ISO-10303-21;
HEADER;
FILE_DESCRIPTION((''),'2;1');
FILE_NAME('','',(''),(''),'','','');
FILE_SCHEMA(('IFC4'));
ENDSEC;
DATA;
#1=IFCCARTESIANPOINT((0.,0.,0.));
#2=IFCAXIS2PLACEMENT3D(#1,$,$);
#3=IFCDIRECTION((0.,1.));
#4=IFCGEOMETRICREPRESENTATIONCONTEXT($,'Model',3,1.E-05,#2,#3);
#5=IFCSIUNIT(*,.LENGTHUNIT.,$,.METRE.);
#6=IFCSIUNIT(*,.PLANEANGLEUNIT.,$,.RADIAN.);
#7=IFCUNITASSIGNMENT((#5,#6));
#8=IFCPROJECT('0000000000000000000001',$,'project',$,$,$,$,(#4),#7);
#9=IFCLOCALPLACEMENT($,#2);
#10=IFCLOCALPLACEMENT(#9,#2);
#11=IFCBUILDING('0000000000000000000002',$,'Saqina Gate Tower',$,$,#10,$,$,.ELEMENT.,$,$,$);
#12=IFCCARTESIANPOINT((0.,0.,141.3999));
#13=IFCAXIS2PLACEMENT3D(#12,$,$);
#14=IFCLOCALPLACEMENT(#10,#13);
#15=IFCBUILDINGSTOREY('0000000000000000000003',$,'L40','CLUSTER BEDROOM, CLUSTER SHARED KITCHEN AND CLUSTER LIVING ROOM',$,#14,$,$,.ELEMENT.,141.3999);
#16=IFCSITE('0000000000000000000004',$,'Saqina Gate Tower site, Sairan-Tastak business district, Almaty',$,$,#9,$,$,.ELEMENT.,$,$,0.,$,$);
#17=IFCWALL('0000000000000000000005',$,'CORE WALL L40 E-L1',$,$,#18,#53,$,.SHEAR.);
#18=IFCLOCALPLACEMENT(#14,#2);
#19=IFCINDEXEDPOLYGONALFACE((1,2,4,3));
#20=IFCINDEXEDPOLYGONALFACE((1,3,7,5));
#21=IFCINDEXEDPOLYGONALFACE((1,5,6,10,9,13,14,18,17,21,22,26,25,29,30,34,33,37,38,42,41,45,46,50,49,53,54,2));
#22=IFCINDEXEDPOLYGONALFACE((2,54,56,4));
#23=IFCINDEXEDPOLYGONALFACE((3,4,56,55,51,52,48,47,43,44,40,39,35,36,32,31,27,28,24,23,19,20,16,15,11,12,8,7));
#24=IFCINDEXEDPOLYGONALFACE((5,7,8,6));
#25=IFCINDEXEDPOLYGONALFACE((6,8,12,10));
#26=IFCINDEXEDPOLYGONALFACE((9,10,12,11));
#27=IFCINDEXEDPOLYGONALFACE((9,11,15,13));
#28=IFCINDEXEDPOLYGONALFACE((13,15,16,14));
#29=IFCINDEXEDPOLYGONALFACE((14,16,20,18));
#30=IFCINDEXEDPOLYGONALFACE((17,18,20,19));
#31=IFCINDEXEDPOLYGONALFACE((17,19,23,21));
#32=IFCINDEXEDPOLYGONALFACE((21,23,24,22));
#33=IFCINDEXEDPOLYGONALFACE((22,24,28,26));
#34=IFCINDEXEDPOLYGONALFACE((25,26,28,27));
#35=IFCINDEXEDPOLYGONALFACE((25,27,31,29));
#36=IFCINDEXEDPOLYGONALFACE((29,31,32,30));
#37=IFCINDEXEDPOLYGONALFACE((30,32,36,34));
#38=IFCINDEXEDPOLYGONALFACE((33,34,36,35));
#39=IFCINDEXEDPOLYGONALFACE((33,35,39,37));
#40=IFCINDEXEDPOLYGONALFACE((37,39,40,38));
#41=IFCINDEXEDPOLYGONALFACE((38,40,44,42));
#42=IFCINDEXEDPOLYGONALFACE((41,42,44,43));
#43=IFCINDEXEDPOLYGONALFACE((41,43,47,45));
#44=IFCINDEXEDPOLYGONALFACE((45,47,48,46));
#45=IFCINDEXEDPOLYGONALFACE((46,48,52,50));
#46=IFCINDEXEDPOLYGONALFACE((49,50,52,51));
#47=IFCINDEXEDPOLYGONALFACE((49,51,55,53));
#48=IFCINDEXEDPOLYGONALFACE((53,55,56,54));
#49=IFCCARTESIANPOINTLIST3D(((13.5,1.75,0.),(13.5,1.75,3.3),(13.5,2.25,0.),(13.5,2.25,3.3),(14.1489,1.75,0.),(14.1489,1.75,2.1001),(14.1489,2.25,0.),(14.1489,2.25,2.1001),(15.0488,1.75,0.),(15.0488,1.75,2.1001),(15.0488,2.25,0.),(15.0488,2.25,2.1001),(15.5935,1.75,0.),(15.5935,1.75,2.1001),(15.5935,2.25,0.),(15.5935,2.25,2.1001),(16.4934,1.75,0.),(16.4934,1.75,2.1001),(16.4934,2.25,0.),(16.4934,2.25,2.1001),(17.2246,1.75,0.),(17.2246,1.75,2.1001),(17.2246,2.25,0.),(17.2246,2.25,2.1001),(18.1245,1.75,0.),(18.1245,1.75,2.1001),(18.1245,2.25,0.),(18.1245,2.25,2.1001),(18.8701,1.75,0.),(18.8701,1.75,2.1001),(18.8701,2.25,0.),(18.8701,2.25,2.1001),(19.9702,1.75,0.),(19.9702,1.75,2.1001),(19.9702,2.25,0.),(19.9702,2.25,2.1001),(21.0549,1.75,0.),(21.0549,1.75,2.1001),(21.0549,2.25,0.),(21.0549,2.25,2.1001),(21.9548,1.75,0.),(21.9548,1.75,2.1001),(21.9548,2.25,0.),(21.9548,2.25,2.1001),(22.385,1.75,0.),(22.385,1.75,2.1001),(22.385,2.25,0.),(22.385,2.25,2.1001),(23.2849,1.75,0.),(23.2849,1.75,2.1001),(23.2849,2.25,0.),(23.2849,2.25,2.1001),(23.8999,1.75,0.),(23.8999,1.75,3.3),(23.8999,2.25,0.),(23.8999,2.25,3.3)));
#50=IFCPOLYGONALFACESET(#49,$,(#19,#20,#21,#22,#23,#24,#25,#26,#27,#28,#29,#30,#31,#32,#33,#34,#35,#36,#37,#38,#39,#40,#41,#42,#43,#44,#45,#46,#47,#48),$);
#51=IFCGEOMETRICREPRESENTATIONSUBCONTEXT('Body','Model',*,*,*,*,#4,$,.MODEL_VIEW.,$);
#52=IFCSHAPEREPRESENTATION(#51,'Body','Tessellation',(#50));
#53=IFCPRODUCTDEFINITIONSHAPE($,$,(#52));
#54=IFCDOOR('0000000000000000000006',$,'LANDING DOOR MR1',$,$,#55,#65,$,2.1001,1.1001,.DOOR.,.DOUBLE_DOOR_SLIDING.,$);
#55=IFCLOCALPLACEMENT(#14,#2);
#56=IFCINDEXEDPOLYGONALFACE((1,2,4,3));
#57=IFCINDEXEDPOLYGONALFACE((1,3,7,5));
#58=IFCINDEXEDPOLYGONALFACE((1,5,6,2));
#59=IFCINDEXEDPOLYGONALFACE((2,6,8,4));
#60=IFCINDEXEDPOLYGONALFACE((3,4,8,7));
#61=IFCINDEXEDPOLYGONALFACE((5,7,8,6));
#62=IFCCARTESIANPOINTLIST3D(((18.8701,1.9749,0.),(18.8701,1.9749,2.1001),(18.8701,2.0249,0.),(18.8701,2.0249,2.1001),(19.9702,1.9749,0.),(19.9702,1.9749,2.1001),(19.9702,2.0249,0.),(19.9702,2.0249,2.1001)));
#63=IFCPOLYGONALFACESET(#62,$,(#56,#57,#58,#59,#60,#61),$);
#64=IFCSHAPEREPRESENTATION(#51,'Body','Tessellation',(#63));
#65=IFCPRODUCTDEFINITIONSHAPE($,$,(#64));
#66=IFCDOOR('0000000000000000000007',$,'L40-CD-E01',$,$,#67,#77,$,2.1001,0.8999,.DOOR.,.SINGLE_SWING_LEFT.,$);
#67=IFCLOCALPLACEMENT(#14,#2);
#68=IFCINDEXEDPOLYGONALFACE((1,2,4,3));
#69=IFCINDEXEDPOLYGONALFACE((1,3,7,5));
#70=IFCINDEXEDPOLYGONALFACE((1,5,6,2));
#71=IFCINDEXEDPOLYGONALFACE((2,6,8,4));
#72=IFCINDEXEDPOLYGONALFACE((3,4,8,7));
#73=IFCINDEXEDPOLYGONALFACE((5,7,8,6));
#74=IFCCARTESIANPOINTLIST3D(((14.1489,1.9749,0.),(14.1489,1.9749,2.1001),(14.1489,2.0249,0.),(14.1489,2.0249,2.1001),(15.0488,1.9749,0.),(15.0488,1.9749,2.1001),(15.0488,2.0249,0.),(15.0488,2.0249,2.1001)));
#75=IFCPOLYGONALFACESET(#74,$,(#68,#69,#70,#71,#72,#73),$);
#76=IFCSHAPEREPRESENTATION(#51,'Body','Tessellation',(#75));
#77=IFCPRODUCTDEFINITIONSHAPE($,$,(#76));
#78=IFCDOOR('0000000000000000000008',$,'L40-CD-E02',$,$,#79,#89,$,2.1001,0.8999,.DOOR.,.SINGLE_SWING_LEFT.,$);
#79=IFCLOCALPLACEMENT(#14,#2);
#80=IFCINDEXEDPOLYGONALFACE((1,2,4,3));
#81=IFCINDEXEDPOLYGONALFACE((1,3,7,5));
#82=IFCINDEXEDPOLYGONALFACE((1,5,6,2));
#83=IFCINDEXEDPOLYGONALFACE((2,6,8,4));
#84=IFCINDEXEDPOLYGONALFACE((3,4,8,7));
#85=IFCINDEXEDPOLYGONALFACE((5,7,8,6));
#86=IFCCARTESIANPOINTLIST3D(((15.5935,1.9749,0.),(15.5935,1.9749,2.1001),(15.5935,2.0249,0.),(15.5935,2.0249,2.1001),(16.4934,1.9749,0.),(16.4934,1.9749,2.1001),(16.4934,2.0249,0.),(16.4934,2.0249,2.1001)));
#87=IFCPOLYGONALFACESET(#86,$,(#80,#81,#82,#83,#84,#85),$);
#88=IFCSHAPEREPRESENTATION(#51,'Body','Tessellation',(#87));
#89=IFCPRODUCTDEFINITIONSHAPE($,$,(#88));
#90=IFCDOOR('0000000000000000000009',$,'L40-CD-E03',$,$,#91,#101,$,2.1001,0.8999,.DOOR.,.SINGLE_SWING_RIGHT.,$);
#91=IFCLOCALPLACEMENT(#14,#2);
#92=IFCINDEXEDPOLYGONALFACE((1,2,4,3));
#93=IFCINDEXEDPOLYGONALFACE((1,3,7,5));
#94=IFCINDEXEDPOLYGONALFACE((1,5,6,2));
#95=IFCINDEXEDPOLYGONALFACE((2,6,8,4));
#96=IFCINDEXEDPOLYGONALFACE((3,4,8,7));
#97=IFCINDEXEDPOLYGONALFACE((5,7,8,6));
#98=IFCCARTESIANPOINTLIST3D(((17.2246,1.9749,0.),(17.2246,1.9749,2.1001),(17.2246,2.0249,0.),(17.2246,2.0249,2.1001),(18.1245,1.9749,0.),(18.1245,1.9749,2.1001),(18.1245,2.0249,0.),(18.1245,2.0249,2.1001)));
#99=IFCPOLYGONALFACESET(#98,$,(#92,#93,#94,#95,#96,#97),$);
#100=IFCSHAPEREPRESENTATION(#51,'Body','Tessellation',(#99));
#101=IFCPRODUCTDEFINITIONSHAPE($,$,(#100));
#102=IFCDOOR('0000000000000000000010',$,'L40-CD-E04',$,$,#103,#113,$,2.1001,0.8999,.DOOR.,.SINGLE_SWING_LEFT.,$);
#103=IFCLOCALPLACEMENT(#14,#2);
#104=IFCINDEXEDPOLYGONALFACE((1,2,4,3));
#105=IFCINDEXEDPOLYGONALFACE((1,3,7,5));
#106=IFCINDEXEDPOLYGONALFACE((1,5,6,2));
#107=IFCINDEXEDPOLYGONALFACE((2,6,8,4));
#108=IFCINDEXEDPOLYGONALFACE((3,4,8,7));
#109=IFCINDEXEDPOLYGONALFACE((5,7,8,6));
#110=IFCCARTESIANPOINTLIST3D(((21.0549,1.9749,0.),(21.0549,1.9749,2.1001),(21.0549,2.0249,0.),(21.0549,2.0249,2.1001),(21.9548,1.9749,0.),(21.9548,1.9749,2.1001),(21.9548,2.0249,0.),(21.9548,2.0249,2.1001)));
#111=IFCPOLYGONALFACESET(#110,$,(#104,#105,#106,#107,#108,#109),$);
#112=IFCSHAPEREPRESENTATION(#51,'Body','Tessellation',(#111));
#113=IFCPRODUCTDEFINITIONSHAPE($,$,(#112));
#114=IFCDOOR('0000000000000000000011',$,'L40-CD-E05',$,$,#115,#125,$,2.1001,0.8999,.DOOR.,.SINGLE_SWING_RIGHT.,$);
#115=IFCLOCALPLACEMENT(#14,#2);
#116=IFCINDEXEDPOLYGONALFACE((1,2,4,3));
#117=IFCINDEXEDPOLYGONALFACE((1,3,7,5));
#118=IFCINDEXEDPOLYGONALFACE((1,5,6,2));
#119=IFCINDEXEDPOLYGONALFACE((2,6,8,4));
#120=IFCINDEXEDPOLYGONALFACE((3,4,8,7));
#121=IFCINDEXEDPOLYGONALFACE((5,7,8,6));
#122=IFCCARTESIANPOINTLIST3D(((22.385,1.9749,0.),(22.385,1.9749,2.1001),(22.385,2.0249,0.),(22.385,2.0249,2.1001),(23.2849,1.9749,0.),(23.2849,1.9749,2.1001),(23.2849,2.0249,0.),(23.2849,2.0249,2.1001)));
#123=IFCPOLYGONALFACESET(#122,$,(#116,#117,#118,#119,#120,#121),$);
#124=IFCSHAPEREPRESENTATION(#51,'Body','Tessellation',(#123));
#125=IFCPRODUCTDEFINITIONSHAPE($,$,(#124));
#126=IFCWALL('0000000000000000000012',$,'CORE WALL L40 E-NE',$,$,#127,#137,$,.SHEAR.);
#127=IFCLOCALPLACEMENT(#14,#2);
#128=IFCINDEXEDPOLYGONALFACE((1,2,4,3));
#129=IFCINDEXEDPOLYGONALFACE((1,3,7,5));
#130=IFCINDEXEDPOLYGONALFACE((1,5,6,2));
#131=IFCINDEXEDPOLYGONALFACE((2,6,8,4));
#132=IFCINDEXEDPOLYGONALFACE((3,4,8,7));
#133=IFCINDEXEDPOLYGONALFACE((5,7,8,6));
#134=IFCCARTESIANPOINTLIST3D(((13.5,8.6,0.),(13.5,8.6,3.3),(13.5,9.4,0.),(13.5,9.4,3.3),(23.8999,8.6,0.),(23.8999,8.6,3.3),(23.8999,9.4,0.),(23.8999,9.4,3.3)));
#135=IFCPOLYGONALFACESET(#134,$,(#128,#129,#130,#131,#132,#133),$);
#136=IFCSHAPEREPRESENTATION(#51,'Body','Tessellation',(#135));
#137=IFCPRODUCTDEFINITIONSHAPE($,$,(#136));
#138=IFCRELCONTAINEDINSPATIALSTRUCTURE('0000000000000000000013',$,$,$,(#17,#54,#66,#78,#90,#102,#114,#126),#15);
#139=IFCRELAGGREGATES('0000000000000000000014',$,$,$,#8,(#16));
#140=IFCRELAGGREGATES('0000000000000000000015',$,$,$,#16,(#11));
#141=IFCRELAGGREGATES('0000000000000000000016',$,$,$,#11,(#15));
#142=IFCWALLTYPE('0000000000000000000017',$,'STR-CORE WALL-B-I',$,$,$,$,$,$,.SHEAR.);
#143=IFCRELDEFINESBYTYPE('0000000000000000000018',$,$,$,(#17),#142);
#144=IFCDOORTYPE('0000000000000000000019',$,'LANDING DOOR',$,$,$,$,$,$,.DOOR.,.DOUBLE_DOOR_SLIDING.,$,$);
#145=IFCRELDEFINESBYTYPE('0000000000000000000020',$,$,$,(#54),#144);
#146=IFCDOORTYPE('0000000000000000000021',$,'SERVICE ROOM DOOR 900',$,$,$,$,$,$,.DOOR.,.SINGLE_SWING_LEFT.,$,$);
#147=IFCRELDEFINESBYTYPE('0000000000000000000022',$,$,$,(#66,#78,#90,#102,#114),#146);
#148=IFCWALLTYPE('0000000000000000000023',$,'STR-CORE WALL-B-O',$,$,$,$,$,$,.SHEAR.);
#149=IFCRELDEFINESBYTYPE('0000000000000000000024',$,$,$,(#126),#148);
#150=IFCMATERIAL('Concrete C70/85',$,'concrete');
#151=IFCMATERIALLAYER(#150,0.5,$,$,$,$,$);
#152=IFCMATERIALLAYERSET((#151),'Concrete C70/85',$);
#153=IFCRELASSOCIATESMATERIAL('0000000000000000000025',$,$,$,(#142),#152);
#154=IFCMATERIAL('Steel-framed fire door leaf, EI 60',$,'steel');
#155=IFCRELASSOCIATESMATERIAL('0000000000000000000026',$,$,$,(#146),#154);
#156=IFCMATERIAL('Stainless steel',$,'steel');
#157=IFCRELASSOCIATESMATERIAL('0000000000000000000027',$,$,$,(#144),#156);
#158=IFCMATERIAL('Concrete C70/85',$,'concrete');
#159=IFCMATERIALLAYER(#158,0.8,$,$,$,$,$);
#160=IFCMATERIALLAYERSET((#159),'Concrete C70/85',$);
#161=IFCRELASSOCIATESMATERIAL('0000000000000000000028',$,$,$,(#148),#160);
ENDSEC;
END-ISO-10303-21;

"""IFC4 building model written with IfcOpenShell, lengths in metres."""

from ifc_helpers import new_model, si_unit, direction, frame, frame_2d, origin, place, context, subcontext, project, spatial, rectangle, extrude, material, layer, layer_set, type_object, element, fill, save


model = new_model("IFC4")

# Units and contexts
model_context = context("Model", 3, precision=1e-05, world=origin(), true_north=direction((0.0, 1.0)))
body_context = subcontext(model_context, "Body", "Model", "MODEL_VIEW")
ifc_project = project(units=[si_unit("LENGTHUNIT", "METRE"), si_unit("PLANEANGLEUNIT", "RADIAN")], contexts=[model_context])

# Site, building, storey
site_placement = place(None, origin())
site = spatial("IfcSite", under=ifc_project, at=site_placement, Name="Saqina Gate Tower site, Sairan-Tastak business district, Almaty", CompositionType="ELEMENT", RefElevation=0.0)
building_placement = place(site_placement, origin())
building = spatial("IfcBuilding", under=site, at=building_placement, Name="Saqina Gate Tower", CompositionType="ELEMENT")
storey_placement = place(building_placement, frame((0.0, 0.0, 141.3999)))
storey = spatial("IfcBuildingStorey", under=building, at=storey_placement, Name="L40", Description="CLUSTER BEDROOM, CLUSTER SHARED KITCHEN AND CLUSTER LIVING ROOM", CompositionType="ELEMENT", Elevation=141.3999)

# Shared definitions
ifc_material_1 = material(Name="Concrete C70/85", Category="concrete")
ifc_layer_1 = layer(ifc_material_1, 0.5)
ifc_layer_set_1 = layer_set([ifc_layer_1], Name="Concrete C70/85")
wall_type_1 = type_object("IfcWallType", Name="STR-CORE WALL-B-I", PredefinedType="SHEAR", material=ifc_layer_set_1)
ifc_material_2 = material(Name="Steel-framed fire door leaf, EI 60", Category="steel")
door_type_1 = type_object("IfcDoorType", Name="SERVICE ROOM DOOR 900", OperationType="SINGLE_SWING_LEFT", PredefinedType="DOOR", material=ifc_material_2)

# Wall, openings, doors
wall_1_placement = place(storey_placement, frame((13.5, 2.0, 0.0), z_axis=(0.0, 0.0, 1.0), x_axis=(1.0, 0.0, 0.0)))
wall_1 = element("IfcWall", 1, at=wall_1_placement, inside=storey, type_object=wall_type_1, Name="CORE WALL L40 E-L1", PredefinedType="SHEAR", context=body_context, shape_type="SweptSolid", body=[
    extrude(rectangle(XDim=10.3999, YDim=0.5, at=frame_2d((5.2, 0.0))), origin(), (0.0, 0.0, 1.0), 3.3),
])
opening_1_placement = place(wall_1_placement, frame((5.3701, 0.0, 0.0)))
opening_1 = element("IfcOpeningElement", 2, at=opening_1_placement, cuts=wall_1, PredefinedType="OPENING", context=body_context, shape_type="SweptSolid", body=[
    extrude(rectangle(XDim=1.1001, YDim=2.1001, at=frame_2d((0.55, 1.05))), frame((0.0, 0.262, 0.0), z_axis=(0.0, -1.0, 0.0), x_axis=(1.0, 0.0, 0.0)), (0.0, 0.0, 1.0), 0.5239),
])
opening_2_placement = place(wall_1_placement, frame((0.6489, 0.0, 0.0)))
opening_2 = element("IfcOpeningElement", 3, at=opening_2_placement, cuts=wall_1, PredefinedType="OPENING", context=body_context, shape_type="SweptSolid", body=[
    extrude(rectangle(XDim=0.8999, YDim=2.1001, at=frame_2d((0.45, 1.05))), frame((0.0, 0.262, 0.0), z_axis=(0.0, -1.0, 0.0), x_axis=(1.0, 0.0, 0.0)), (0.0, 0.0, 1.0), 0.5239),
])
opening_3_placement = place(wall_1_placement, frame((2.0935, 0.0, 0.0)))
opening_3 = element("IfcOpeningElement", 4, at=opening_3_placement, cuts=wall_1, PredefinedType="OPENING", context=body_context, shape_type="SweptSolid", body=[
    extrude(rectangle(XDim=0.8999, YDim=2.1001, at=frame_2d((0.45, 1.05))), frame((0.0, 0.262, 0.0), z_axis=(0.0, -1.0, 0.0), x_axis=(1.0, 0.0, 0.0)), (0.0, 0.0, 1.0), 0.5239),
])
opening_4_placement = place(wall_1_placement, frame((3.7246, 0.0, 0.0)))
opening_4 = element("IfcOpeningElement", 5, at=opening_4_placement, cuts=wall_1, PredefinedType="OPENING", context=body_context, shape_type="SweptSolid", body=[
    extrude(rectangle(XDim=0.8999, YDim=2.1001, at=frame_2d((0.45, 1.05))), frame((0.0, 0.262, 0.0), z_axis=(0.0, -1.0, 0.0), x_axis=(1.0, 0.0, 0.0)), (0.0, 0.0, 1.0), 0.5239),
])
opening_5_placement = place(wall_1_placement, frame((7.5549, 0.0, 0.0)))
opening_5 = element("IfcOpeningElement", 6, at=opening_5_placement, cuts=wall_1, PredefinedType="OPENING", context=body_context, shape_type="SweptSolid", body=[
    extrude(rectangle(XDim=0.8999, YDim=2.1001, at=frame_2d((0.45, 1.05))), frame((0.0, 0.262, 0.0), z_axis=(0.0, -1.0, 0.0), x_axis=(1.0, 0.0, 0.0)), (0.0, 0.0, 1.0), 0.5239),
])
opening_6_placement = place(wall_1_placement, frame((8.885, 0.0, 0.0)))
opening_6 = element("IfcOpeningElement", 7, at=opening_6_placement, cuts=wall_1, PredefinedType="OPENING", context=body_context, shape_type="SweptSolid", body=[
    extrude(rectangle(XDim=0.8999, YDim=2.1001, at=frame_2d((0.45, 1.05))), frame((0.0, 0.262, 0.0), z_axis=(0.0, -1.0, 0.0), x_axis=(1.0, 0.0, 0.0)), (0.0, 0.0, 1.0), 0.5239),
])
ifc_material_3 = material(Name="Stainless steel", Category="steel")
door_type_2 = type_object("IfcDoorType", Name="LANDING DOOR", OperationType="DOUBLE_DOOR_SLIDING", PredefinedType="DOOR", material=ifc_material_3)
door_1_placement = place(opening_1_placement, origin())
door_1 = element("IfcDoor", 8, at=door_1_placement, inside=storey, type_object=door_type_2, Name="LANDING DOOR MR1", OperationType="DOUBLE_DOOR_SLIDING", OverallHeight=2.1001, OverallWidth=1.1001, PredefinedType="DOOR", context=body_context, shape_type="SweptSolid", body=[
    extrude(rectangle(XDim=1.1001, YDim=2.1001, at=frame_2d((0.55, 1.05))), frame((0.0, 0.0249, 0.0), z_axis=(0.0, -1.0, 0.0), x_axis=(1.0, 0.0, 0.0)), (0.0, 0.0, 1.0), 0.05),
])
fill(opening_1, door_1)
door_2_placement = place(opening_2_placement, origin())
door_2 = element("IfcDoor", 9, at=door_2_placement, inside=storey, type_object=door_type_1, Name="L40-CD-E01", OperationType="SINGLE_SWING_LEFT", OverallHeight=2.1001, OverallWidth=0.8999, PredefinedType="DOOR", context=body_context, shape_type="SweptSolid", body=[
    extrude(rectangle(XDim=0.8999, YDim=2.1001, at=frame_2d((0.45, 1.05))), frame((0.0, 0.0249, 0.0), z_axis=(0.0, -1.0, 0.0), x_axis=(1.0, 0.0, 0.0)), (0.0, 0.0, 1.0), 0.05),
])
fill(opening_2, door_2)
door_3_placement = place(opening_3_placement, origin())
door_3 = element("IfcDoor", 10, at=door_3_placement, inside=storey, type_object=door_type_1, Name="L40-CD-E02", OperationType="SINGLE_SWING_LEFT", OverallHeight=2.1001, OverallWidth=0.8999, PredefinedType="DOOR", context=body_context, shape_type="SweptSolid", body=[
    extrude(rectangle(XDim=0.8999, YDim=2.1001, at=frame_2d((0.45, 1.05))), frame((0.0, 0.0249, 0.0), z_axis=(0.0, -1.0, 0.0), x_axis=(1.0, 0.0, 0.0)), (0.0, 0.0, 1.0), 0.05),
])
fill(opening_3, door_3)
door_4_placement = place(opening_4_placement, origin())
door_4 = element("IfcDoor", 11, at=door_4_placement, inside=storey, type_object=door_type_1, Name="L40-CD-E03", OperationType="SINGLE_SWING_RIGHT", OverallHeight=2.1001, OverallWidth=0.8999, PredefinedType="DOOR", context=body_context, shape_type="SweptSolid", body=[
    extrude(rectangle(XDim=0.8999, YDim=2.1001, at=frame_2d((0.45, 1.05))), frame((0.0, 0.0249, 0.0), z_axis=(0.0, -1.0, 0.0), x_axis=(1.0, 0.0, 0.0)), (0.0, 0.0, 1.0), 0.05),
])
fill(opening_4, door_4)
door_5_placement = place(opening_5_placement, origin())
door_5 = element("IfcDoor", 12, at=door_5_placement, inside=storey, type_object=door_type_1, Name="L40-CD-E04", OperationType="SINGLE_SWING_LEFT", OverallHeight=2.1001, OverallWidth=0.8999, PredefinedType="DOOR", context=body_context, shape_type="SweptSolid", body=[
    extrude(rectangle(XDim=0.8999, YDim=2.1001, at=frame_2d((0.45, 1.05))), frame((0.0, 0.0249, 0.0), z_axis=(0.0, -1.0, 0.0), x_axis=(1.0, 0.0, 0.0)), (0.0, 0.0, 1.0), 0.05),
])
fill(opening_5, door_5)
door_6_placement = place(opening_6_placement, origin())
door_6 = element("IfcDoor", 13, at=door_6_placement, inside=storey, type_object=door_type_1, Name="L40-CD-E05", OperationType="SINGLE_SWING_RIGHT", OverallHeight=2.1001, OverallWidth=0.8999, PredefinedType="DOOR", context=body_context, shape_type="SweptSolid", body=[
    extrude(rectangle(XDim=0.8999, YDim=2.1001, at=frame_2d((0.45, 1.05))), frame((0.0, 0.0249, 0.0), z_axis=(0.0, -1.0, 0.0), x_axis=(1.0, 0.0, 0.0)), (0.0, 0.0, 1.0), 0.05),
])
fill(opening_6, door_6)

# Wall
ifc_material_4 = material(Name="Concrete C70/85", Category="concrete")
ifc_layer_2 = layer(ifc_material_4, 0.8)
ifc_layer_set_2 = layer_set([ifc_layer_2], Name="Concrete C70/85")
wall_type_2 = type_object("IfcWallType", Name="STR-CORE WALL-B-O", PredefinedType="SHEAR", material=ifc_layer_set_2)
wall_2_placement = place(storey_placement, frame((13.5, 9.0, 0.0), z_axis=(0.0, 0.0, 1.0), x_axis=(1.0, 0.0, 0.0)))
element("IfcWall", 14, at=wall_2_placement, inside=storey, type_object=wall_type_2, Name="CORE WALL L40 E-NE", PredefinedType="SHEAR", context=body_context, shape_type="SweptSolid", body=[
    extrude(rectangle(XDim=10.3999, YDim=0.8, at=frame_2d((5.2, 0.0))), origin(), (0.0, 0.0, 1.0), 3.3),
])

save(model, "model.ifc")
